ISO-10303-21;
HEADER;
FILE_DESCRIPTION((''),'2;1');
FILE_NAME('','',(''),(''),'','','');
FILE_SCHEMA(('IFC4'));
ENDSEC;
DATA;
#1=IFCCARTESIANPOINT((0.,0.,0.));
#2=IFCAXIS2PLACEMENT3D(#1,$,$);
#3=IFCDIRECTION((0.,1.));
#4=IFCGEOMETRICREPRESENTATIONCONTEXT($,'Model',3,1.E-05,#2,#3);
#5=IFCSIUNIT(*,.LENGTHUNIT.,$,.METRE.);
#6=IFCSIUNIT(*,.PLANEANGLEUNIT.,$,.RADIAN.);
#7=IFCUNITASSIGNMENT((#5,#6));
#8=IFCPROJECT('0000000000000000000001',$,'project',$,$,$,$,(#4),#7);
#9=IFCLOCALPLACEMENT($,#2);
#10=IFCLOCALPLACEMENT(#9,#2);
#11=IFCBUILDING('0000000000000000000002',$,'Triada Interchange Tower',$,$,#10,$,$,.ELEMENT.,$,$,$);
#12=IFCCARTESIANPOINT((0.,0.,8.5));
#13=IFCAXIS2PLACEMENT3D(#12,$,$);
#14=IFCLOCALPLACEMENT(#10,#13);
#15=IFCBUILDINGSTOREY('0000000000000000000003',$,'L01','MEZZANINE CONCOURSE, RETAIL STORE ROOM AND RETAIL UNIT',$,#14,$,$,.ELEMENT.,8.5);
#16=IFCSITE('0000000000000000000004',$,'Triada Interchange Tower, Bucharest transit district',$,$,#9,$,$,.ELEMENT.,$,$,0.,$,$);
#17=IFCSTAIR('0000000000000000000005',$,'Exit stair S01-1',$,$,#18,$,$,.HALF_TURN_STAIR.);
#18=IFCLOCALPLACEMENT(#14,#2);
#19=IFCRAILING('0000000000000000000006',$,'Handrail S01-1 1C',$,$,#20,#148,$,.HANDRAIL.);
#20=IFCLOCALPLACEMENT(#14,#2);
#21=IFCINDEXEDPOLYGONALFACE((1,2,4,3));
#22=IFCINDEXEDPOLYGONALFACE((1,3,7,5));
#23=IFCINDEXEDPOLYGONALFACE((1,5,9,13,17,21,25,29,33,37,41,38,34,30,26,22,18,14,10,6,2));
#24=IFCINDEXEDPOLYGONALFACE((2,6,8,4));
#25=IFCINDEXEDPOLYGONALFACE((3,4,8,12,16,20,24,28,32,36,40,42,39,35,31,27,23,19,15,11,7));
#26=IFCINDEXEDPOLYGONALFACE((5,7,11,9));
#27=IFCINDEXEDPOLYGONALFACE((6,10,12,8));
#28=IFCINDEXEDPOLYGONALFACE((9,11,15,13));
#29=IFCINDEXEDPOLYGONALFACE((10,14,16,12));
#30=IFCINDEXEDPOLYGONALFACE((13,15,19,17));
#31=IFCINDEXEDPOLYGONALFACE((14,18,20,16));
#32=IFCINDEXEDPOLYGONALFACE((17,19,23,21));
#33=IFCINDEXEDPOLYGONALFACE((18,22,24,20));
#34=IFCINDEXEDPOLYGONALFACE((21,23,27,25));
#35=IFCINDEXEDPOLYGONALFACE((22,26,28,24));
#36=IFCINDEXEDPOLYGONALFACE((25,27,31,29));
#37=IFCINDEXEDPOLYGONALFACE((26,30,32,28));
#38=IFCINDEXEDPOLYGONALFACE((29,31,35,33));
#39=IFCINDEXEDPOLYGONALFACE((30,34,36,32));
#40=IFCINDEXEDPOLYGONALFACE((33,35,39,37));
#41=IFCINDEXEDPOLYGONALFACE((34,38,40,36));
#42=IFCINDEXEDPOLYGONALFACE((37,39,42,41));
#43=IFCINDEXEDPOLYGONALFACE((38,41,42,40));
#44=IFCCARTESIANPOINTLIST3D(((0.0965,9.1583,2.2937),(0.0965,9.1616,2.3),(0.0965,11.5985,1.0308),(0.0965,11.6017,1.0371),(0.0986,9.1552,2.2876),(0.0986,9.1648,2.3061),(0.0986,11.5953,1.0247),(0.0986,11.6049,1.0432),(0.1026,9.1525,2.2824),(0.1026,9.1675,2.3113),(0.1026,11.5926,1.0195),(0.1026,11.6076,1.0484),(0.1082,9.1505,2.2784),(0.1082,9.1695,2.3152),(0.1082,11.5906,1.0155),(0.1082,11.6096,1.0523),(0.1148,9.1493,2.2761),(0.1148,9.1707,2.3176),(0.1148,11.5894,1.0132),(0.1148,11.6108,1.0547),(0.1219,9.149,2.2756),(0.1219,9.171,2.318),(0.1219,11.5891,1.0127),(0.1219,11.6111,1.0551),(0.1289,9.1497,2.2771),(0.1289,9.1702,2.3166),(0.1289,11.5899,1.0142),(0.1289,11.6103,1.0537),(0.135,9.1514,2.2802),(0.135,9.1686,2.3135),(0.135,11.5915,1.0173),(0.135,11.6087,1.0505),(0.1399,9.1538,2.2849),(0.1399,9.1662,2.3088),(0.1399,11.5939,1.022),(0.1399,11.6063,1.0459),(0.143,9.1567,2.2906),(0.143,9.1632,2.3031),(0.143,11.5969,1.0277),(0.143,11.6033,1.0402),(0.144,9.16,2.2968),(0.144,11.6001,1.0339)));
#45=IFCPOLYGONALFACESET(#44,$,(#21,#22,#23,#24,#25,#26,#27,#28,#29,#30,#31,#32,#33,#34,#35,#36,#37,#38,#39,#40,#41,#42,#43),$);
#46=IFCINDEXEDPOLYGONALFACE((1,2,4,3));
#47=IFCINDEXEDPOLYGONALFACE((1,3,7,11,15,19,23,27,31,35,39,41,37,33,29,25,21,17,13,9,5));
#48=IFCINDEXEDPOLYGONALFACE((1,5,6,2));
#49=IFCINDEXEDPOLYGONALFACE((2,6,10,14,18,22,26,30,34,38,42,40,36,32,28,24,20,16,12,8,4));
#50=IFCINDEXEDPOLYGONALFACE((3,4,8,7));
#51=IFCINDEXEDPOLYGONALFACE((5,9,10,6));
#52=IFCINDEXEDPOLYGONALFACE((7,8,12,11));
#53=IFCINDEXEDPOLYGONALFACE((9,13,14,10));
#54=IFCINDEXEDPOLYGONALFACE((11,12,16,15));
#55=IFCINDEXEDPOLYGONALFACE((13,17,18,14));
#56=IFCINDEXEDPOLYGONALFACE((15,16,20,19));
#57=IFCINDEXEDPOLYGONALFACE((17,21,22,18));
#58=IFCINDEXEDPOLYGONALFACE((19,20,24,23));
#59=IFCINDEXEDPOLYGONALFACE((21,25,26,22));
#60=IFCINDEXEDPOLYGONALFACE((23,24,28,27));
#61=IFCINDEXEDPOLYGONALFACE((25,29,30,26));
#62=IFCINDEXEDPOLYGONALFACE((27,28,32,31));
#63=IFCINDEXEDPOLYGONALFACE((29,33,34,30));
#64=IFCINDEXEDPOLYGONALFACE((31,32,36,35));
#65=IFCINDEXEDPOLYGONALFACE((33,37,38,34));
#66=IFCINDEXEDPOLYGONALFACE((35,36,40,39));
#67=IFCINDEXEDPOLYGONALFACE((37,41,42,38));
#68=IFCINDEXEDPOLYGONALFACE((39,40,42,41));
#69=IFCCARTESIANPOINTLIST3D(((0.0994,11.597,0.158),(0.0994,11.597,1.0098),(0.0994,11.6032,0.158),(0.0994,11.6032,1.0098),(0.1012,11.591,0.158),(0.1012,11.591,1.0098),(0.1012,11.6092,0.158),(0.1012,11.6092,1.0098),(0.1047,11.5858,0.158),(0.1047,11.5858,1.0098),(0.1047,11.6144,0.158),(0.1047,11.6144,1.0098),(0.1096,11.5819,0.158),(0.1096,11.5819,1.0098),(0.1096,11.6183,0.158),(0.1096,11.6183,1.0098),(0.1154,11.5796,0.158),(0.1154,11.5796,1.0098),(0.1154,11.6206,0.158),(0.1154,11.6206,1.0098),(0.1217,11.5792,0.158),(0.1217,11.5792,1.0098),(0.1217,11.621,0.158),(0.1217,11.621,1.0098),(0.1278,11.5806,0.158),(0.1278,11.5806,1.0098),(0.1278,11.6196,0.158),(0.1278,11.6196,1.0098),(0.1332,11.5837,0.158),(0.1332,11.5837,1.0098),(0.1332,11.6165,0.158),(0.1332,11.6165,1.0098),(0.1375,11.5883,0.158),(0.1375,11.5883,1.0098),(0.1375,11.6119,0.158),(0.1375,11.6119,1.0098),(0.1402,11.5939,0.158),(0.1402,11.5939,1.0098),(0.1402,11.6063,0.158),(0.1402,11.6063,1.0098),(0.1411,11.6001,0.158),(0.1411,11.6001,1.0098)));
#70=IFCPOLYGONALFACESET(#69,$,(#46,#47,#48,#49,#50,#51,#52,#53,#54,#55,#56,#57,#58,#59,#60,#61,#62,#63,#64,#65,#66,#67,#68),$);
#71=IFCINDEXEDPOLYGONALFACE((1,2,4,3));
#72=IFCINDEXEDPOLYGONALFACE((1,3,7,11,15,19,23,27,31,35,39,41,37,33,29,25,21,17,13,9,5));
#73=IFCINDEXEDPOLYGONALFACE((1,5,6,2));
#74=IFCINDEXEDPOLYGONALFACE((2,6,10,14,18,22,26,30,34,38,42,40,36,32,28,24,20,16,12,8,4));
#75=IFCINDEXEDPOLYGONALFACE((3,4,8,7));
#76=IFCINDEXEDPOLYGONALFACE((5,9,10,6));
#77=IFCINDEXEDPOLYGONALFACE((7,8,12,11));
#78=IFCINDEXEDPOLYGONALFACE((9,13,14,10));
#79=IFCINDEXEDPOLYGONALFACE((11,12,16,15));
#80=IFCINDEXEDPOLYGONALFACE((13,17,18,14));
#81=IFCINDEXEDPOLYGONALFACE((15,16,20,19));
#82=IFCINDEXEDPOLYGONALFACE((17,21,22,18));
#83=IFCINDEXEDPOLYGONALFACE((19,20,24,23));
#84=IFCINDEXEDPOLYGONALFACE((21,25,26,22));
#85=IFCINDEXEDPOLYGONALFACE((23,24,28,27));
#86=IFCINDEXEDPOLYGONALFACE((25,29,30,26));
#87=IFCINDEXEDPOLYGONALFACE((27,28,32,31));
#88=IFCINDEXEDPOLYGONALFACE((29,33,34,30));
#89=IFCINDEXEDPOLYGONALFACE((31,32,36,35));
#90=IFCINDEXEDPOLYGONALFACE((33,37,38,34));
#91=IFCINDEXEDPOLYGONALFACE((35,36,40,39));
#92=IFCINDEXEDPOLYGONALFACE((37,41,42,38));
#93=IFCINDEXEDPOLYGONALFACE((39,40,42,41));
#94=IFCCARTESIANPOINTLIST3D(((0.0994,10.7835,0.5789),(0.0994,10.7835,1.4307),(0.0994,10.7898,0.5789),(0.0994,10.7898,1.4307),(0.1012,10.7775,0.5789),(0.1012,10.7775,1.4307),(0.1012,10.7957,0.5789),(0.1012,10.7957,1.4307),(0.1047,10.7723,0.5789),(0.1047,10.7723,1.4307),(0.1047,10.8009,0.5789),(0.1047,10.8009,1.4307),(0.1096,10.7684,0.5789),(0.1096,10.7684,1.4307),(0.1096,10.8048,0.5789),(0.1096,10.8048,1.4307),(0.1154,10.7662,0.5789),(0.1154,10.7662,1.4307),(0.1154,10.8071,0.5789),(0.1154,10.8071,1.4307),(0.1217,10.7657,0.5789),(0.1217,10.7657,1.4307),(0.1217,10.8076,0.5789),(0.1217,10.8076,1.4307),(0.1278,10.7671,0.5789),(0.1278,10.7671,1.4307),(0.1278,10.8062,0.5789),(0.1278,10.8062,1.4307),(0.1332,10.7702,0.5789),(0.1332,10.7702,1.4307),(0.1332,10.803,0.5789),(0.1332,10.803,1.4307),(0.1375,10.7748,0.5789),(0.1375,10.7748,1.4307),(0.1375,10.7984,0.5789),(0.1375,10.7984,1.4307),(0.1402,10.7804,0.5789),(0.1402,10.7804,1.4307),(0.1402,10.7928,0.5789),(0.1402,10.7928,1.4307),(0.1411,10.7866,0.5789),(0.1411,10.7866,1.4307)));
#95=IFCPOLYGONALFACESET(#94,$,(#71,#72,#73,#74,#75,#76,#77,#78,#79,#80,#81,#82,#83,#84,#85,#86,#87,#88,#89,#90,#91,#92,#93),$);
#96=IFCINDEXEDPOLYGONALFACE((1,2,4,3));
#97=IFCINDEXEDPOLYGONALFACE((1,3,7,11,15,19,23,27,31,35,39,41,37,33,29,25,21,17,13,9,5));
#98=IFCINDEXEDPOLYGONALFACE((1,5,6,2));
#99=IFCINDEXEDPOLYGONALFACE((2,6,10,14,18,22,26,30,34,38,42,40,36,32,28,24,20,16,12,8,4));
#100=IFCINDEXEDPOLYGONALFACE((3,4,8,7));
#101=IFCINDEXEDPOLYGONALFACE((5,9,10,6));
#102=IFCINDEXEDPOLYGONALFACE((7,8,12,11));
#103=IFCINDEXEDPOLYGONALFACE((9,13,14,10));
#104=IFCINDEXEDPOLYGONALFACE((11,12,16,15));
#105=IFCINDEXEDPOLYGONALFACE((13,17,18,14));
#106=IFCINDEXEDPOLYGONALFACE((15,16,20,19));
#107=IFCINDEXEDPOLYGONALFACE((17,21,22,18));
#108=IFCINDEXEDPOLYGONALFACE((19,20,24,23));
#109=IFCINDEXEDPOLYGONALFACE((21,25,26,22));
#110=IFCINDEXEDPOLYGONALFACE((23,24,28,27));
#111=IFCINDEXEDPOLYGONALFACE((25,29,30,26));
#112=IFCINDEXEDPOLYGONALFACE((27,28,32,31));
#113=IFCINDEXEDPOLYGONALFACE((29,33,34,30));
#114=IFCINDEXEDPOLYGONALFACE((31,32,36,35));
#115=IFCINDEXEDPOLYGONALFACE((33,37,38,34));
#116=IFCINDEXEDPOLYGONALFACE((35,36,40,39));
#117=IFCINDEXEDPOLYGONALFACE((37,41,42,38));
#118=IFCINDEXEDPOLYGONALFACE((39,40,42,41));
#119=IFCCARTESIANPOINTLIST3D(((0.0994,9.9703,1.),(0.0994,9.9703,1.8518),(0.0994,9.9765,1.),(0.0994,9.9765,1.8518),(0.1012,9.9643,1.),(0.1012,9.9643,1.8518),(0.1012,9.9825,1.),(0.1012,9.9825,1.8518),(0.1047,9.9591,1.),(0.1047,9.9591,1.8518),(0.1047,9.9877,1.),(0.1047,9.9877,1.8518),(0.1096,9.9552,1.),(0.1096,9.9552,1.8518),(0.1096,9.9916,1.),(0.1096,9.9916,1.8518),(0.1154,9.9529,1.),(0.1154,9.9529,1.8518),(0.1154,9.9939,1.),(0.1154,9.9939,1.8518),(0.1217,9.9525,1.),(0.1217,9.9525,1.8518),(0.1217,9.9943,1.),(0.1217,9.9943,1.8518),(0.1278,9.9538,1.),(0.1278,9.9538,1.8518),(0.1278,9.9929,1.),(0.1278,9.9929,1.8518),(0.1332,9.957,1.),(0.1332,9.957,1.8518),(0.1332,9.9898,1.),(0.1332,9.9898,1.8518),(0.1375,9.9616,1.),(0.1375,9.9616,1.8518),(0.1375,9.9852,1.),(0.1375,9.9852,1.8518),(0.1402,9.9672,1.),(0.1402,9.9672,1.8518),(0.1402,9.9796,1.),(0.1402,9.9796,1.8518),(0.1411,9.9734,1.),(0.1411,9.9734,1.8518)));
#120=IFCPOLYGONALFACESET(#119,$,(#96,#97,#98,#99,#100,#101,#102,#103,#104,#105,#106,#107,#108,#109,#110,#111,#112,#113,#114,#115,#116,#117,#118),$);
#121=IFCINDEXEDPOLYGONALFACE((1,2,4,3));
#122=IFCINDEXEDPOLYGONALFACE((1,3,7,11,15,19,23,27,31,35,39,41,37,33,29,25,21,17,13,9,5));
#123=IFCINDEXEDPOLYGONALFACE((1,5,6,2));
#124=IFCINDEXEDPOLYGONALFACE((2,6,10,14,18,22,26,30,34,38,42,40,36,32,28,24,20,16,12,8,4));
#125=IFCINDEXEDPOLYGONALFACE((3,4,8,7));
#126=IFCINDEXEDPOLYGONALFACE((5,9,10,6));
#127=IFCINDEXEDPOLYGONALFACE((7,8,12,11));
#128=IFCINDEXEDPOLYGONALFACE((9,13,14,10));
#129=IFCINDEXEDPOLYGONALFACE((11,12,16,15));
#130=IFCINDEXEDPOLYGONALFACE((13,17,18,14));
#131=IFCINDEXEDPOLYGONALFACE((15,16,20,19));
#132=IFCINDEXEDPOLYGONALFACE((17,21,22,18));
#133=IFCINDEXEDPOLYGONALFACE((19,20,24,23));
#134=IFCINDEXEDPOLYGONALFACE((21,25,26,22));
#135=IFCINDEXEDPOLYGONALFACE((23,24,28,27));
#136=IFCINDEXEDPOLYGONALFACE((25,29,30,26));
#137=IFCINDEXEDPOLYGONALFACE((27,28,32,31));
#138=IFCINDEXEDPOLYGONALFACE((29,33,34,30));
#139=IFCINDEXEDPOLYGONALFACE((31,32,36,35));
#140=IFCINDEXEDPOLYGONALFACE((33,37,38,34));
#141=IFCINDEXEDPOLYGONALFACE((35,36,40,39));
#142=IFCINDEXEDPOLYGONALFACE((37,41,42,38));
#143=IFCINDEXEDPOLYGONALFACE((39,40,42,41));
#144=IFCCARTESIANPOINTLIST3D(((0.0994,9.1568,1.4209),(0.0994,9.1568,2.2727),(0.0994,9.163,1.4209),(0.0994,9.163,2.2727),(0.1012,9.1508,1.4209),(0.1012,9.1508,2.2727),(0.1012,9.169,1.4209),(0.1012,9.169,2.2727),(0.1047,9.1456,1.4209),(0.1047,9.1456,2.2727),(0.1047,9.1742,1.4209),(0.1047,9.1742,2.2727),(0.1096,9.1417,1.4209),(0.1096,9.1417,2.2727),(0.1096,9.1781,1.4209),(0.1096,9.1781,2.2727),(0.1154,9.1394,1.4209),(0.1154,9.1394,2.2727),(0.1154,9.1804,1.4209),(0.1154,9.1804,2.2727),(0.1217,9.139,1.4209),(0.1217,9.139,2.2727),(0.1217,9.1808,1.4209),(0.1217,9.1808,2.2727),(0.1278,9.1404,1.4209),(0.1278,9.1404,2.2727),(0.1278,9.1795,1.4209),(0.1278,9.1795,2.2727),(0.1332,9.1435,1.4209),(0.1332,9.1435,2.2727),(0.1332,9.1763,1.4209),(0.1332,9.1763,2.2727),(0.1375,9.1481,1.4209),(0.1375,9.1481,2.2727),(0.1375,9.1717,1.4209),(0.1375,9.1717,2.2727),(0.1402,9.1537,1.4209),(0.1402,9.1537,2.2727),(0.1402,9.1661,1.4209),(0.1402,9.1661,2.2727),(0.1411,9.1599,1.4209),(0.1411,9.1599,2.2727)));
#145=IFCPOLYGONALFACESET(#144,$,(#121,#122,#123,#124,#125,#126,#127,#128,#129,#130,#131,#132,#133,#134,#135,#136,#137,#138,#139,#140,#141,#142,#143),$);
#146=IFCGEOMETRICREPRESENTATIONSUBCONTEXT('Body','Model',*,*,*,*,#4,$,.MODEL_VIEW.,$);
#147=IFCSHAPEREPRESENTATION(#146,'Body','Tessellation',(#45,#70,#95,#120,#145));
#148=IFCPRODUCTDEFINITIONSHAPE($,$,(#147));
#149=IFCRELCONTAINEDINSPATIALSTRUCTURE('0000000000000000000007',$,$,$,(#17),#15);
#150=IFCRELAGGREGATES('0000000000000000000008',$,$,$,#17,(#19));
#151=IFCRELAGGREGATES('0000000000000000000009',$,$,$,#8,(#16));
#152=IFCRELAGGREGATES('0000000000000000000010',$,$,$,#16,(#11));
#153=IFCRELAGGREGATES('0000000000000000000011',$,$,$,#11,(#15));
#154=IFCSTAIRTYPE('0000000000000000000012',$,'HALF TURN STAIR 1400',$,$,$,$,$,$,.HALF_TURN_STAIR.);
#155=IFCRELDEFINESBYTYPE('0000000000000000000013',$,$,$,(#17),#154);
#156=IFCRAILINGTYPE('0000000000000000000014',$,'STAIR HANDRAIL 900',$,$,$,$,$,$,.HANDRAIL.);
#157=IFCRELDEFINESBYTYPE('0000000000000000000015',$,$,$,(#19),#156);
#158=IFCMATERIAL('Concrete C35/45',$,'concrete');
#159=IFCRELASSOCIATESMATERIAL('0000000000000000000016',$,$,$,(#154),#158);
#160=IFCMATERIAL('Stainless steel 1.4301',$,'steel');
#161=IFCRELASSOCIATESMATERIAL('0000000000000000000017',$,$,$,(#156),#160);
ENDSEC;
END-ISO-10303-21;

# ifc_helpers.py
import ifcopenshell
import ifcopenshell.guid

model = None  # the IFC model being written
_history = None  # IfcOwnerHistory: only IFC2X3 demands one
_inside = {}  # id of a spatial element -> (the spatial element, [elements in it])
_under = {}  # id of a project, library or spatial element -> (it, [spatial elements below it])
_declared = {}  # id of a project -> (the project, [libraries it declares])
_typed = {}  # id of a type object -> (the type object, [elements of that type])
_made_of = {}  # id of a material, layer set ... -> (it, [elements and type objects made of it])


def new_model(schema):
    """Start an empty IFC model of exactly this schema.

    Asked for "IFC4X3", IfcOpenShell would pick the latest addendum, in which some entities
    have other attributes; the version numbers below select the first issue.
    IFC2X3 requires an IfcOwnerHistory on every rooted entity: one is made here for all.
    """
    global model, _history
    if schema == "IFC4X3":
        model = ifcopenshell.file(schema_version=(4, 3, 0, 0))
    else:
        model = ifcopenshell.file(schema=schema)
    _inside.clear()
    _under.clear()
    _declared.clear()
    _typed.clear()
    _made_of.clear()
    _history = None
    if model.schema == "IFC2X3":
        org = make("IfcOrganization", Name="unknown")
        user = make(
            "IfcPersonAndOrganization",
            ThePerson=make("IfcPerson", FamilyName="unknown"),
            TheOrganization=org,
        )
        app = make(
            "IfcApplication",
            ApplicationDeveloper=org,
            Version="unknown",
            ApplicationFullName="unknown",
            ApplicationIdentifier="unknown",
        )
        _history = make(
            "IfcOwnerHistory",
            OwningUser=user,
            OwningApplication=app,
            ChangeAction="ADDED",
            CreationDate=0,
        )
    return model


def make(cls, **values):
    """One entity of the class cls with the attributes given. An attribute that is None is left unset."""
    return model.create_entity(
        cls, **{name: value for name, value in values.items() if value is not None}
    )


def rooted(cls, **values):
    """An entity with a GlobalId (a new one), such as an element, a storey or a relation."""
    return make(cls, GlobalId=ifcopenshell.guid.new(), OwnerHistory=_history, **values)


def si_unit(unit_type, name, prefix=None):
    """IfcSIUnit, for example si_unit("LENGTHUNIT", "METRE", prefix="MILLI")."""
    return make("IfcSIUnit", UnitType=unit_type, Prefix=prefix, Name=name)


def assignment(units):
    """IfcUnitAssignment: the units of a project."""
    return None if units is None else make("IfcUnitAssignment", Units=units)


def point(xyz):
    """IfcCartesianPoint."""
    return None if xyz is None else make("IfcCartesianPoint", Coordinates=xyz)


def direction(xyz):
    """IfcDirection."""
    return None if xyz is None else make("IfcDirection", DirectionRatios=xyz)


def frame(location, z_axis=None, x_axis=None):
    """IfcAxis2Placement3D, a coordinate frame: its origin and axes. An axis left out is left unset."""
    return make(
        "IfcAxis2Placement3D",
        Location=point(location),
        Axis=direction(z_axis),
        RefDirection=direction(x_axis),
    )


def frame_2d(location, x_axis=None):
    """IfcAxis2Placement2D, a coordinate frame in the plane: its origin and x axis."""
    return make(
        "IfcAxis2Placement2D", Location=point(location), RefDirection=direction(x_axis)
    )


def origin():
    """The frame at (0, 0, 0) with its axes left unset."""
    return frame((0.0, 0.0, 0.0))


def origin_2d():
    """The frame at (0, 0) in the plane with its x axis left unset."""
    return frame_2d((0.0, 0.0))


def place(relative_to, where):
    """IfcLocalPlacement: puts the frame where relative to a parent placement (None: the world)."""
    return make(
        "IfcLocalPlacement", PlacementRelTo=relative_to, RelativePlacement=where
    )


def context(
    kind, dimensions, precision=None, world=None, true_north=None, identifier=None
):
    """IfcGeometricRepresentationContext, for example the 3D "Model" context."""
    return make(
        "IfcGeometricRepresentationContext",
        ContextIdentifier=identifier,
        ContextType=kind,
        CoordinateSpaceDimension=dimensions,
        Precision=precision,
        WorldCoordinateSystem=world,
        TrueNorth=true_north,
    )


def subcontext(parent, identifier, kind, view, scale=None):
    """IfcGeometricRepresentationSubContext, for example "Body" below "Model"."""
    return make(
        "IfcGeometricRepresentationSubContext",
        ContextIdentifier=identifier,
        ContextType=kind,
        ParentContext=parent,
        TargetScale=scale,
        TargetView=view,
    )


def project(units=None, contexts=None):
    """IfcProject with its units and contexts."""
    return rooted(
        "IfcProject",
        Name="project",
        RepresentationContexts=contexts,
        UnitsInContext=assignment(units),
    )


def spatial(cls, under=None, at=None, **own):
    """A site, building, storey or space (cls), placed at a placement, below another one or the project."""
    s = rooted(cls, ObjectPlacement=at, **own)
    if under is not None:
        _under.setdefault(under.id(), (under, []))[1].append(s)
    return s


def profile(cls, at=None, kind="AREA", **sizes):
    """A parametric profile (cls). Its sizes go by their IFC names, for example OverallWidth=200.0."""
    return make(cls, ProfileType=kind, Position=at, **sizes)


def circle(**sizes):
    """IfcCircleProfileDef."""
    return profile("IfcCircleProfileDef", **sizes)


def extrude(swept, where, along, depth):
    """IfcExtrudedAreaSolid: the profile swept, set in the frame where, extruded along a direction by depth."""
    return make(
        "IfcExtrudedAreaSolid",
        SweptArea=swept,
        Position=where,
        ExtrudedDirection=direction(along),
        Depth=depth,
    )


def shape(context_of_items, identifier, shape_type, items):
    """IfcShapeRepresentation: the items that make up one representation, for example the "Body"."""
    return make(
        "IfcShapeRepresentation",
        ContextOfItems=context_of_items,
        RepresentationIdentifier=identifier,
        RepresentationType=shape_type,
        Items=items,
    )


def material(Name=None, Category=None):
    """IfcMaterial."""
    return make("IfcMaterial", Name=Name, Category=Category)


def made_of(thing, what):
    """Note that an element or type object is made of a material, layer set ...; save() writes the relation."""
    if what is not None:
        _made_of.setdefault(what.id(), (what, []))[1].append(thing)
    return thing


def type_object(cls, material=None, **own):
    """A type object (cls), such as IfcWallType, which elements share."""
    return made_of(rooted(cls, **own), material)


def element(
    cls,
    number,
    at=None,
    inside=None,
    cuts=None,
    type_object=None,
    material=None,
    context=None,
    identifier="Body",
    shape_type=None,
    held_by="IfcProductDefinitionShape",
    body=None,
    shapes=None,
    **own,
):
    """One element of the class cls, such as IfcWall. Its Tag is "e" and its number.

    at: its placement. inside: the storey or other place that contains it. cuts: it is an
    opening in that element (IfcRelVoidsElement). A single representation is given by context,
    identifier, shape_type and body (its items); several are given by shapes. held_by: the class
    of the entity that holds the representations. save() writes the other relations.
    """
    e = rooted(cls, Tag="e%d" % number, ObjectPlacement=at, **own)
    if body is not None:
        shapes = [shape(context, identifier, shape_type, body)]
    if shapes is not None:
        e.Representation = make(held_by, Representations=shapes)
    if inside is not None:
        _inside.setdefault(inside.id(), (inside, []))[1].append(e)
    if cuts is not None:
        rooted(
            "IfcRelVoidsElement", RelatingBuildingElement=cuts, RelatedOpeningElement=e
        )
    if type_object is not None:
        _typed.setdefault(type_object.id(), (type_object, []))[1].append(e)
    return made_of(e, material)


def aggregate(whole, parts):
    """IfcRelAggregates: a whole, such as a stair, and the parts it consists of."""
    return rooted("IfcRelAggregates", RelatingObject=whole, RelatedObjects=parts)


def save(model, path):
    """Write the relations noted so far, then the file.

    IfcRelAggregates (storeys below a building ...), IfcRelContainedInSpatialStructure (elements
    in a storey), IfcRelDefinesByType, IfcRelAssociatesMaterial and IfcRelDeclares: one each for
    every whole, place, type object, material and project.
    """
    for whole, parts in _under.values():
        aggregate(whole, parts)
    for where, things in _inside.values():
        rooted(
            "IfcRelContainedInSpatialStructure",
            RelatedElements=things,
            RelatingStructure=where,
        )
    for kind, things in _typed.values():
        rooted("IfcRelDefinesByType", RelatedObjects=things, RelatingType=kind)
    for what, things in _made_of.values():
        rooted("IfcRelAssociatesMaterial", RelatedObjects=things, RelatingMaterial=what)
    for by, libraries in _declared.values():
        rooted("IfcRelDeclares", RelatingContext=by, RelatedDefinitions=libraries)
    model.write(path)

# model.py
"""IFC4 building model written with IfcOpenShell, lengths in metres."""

from ifc_helpers import new_model, si_unit, direction, frame, origin, origin_2d, place, context, subcontext, project, spatial, circle, extrude, material, type_object, element, aggregate, save


model = new_model("IFC4")

# Units and contexts
model_context = context("Model", 3, precision=1e-05, world=origin(), true_north=direction((0.0, 1.0)))
body_context = subcontext(model_context, "Body", "Model", "MODEL_VIEW")
ifc_project = project(units=[si_unit("LENGTHUNIT", "METRE"), si_unit("PLANEANGLEUNIT", "RADIAN")], contexts=[model_context])

# Site, building, storey
site_placement = place(None, origin())
site = spatial("IfcSite", under=ifc_project, at=site_placement, Name="Triada Interchange Tower, Bucharest transit district", CompositionType="ELEMENT", RefElevation=0.0)
building_placement = place(site_placement, origin())
building = spatial("IfcBuilding", under=site, at=building_placement, Name="Triada Interchange Tower", CompositionType="ELEMENT")
storey_placement = place(building_placement, frame((0.0, 0.0, 8.5)))
storey = spatial("IfcBuildingStorey", under=building, at=storey_placement, Name="L01", Description="MEZZANINE CONCOURSE, RETAIL STORE ROOM AND RETAIL UNIT", CompositionType="ELEMENT", Elevation=8.5)

# Shared definitions
ifc_material_1 = material(Name="Concrete C35/45", Category="concrete")

# Shared definitions
stair_type = type_object("IfcStairType", Name="HALF TURN STAIR 1400", PredefinedType="HALF_TURN_STAIR", material=ifc_material_1)

# Stair, railing
stair_1_placement = place(storey_placement, origin())
stair_1 = element("IfcStair", 1, at=stair_1_placement, inside=storey, type_object=stair_type, Name="Exit stair S01-1", PredefinedType="HALF_TURN_STAIR")
ifc_material_2 = material(Name="Stainless steel 1.4301", Category="steel")
railing_type_1 = type_object("IfcRailingType", Name="STAIR HANDRAIL 900", PredefinedType="HANDRAIL", material=ifc_material_2)
railing_1_placement = place(storey_placement, frame((0.1201, 11.6001, 0.158)))
railing_1 = element("IfcRailing", 2, at=railing_1_placement, type_object=railing_type_1, Name="Handrail S01-1 1C", PredefinedType="HANDRAIL", context=body_context, shape_type="SweptSolid", body=[
    extrude(circle(Radius=0.0239, at=origin_2d()), frame((0.0, 0.0, 0.876), z_axis=(0.0, -0.888103, 0.459645), x_axis=(1.0, 0.0, 0.0)), (0.0, 0.0, 1.0), 2.7476),
    extrude(circle(Radius=0.021, at=origin_2d()), origin(), (0.0, 0.0, 1.0), 0.8518),
    extrude(circle(Radius=0.021, at=origin_2d()), frame((0.0, -0.8135, 0.4209)), (0.0, 0.0, 1.0), 0.8518),
    extrude(circle(Radius=0.021, at=origin_2d()), frame((0.0, -1.6267, 0.842)), (0.0, 0.0, 1.0), 0.8518),
    extrude(circle(Radius=0.021, at=origin_2d()), frame((0.0, -2.4402, 1.2629)), (0.0, 0.0, 1.0), 0.8518),
])
aggregate(stair_1, [railing_1])

save(model, "model.ifc")
